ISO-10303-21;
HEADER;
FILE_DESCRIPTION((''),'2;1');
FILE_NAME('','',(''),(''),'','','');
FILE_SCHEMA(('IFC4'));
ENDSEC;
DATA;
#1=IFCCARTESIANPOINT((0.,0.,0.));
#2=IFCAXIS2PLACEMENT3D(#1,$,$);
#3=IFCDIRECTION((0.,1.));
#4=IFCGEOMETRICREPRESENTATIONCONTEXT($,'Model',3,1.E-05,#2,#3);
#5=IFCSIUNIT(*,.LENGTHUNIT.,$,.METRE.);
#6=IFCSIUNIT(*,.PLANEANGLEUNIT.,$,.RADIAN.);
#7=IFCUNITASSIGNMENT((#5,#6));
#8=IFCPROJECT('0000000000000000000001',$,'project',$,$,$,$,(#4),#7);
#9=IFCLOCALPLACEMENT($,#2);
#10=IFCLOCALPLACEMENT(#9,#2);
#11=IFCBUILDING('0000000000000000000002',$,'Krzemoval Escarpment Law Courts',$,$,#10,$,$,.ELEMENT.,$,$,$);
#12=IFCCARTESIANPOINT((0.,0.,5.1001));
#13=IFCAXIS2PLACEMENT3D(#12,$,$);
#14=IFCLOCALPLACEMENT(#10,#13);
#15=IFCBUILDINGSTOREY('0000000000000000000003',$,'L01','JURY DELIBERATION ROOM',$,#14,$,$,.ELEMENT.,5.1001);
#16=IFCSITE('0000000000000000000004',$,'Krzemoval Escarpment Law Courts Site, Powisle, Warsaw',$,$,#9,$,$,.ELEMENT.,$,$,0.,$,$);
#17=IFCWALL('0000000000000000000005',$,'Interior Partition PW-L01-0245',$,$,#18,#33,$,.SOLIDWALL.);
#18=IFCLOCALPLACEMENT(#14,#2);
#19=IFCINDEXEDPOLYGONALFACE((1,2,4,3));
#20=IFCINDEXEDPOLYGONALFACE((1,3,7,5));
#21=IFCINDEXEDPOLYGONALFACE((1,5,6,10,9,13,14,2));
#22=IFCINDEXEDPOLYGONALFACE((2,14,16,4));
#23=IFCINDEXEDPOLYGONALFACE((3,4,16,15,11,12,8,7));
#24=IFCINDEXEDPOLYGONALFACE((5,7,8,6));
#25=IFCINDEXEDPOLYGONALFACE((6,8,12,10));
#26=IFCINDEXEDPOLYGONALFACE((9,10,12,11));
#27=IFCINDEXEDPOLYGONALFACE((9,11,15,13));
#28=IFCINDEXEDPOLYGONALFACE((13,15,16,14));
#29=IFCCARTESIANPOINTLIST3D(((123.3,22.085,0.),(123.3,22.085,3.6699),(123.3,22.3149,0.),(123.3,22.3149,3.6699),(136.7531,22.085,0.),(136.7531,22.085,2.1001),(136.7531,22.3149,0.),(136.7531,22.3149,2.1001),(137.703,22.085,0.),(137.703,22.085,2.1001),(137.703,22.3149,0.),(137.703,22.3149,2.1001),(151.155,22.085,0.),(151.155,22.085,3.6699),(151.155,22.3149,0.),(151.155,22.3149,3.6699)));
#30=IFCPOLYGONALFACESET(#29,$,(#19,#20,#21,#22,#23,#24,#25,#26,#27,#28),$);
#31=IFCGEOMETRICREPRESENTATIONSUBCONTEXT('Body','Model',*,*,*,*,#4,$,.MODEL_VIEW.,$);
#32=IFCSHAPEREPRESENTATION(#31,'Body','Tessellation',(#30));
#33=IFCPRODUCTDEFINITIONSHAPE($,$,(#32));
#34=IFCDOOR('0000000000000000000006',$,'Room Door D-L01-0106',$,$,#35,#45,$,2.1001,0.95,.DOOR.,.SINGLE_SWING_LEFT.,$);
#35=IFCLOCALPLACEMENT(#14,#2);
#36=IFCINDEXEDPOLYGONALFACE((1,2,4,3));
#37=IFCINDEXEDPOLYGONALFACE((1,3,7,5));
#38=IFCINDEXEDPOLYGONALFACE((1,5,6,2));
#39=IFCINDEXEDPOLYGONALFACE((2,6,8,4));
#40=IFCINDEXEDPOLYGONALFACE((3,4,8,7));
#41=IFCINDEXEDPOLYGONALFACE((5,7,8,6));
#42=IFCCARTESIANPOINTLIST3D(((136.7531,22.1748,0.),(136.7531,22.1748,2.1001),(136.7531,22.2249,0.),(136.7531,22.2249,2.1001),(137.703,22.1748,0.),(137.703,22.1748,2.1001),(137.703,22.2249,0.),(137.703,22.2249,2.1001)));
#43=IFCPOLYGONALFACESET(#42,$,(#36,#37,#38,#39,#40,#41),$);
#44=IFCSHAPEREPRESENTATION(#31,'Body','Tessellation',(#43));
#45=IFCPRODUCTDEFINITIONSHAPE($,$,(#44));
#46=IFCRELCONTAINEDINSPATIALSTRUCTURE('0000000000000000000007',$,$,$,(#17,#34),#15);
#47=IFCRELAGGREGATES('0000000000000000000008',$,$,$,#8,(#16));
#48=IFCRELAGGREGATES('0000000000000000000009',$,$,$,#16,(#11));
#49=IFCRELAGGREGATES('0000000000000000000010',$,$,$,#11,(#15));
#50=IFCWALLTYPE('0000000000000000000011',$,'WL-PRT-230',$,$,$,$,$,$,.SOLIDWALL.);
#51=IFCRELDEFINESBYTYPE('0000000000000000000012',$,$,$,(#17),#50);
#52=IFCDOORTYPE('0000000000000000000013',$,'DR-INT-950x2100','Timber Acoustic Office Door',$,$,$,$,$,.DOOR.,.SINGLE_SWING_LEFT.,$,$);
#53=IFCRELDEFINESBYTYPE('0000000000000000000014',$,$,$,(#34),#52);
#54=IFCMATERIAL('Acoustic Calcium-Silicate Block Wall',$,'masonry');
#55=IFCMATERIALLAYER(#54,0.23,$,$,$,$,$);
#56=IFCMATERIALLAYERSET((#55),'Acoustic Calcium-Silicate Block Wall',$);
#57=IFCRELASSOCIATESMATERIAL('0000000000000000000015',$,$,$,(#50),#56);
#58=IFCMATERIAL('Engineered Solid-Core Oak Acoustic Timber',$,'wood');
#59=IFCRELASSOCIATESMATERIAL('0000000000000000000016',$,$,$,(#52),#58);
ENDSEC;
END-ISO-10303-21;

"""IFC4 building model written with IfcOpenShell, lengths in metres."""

from ifc_helpers import new_model, si_unit, direction, frame, frame_2d, origin, place, context, subcontext, project, spatial, rectangle, extrude, material, layer, layer_set, type_object, element, fill, save


model = new_model("IFC4")

# Units and contexts
model_context = context("Model", 3, precision=1e-05, world=origin(), true_north=direction((0.0, 1.0)))
body_context = subcontext(model_context, "Body", "Model", "MODEL_VIEW")
ifc_project = project(units=[si_unit("LENGTHUNIT", "METRE"), si_unit("PLANEANGLEUNIT", "RADIAN")], contexts=[model_context])

# Site, building, storey
site_placement = place(None, origin())
site = spatial("IfcSite", under=ifc_project, at=site_placement, Name="Krzemoval Escarpment Law Courts Site, Powisle, Warsaw", CompositionType="ELEMENT", RefElevation=0.0)
building_placement = place(site_placement, origin())
building = spatial("IfcBuilding", under=site, at=building_placement, Name="Krzemoval Escarpment Law Courts", CompositionType="ELEMENT")
storey_placement = place(building_placement, frame((0.0, 0.0, 5.1001)))
storey = spatial("IfcBuildingStorey", under=building, at=storey_placement, Name="L01", Description="JURY DELIBERATION ROOM", CompositionType="ELEMENT", Elevation=5.1001)

# Wall, opening, door
ifc_material_1 = material(Name="Acoustic Calcium-Silicate Block Wall", Category="masonry")
ifc_layer_1 = layer(ifc_material_1, 0.23)
ifc_layer_set_1 = layer_set([ifc_layer_1], Name="Acoustic Calcium-Silicate Block Wall")
wall_type_1 = type_object("IfcWallType", Name="WL-PRT-230", PredefinedType="SOLIDWALL", material=ifc_layer_set_1)
wall_1_placement = place(storey_placement, frame((123.3, 22.2, 0.0), z_axis=(0.0, 0.0, 1.0), x_axis=(1.0, 0.0, 0.0)))
wall_1 = element("IfcWall", 1, at=wall_1_placement, inside=storey, type_object=wall_type_1, Name="Interior Partition PW-L01-0245", PredefinedType="SOLIDWALL", context=body_context, shape_type="SweptSolid", body=[
    extrude(rectangle(XDim=27.855, YDim=0.23, at=frame_2d((13.9275, 0.0))), origin(), (0.0, 0.0, 1.0), 3.6699),
])
opening_1_placement = place(wall_1_placement, frame((13.4529, 0.0, 0.0)))
opening_1 = element("IfcOpeningElement", 2, at=opening_1_placement, cuts=wall_1, PredefinedType="OPENING", context=body_context, shape_type="SweptSolid", body=[
    extrude(rectangle(XDim=0.95, YDim=2.1001, at=frame_2d((0.4751, 1.05))), frame((0.0, 0.13, 0.0), z_axis=(0.0, -1.0, 0.0), x_axis=(1.0, 0.0, 0.0)), (0.0, 0.0, 1.0), 0.26),
])
ifc_material_2 = material(Name="Engineered Solid-Core Oak Acoustic Timber", Category="wood")
door_type_1 = type_object("IfcDoorType", Name="DR-INT-950x2100", Description="Timber Acoustic Office Door", OperationType="SINGLE_SWING_LEFT", PredefinedType="DOOR", material=ifc_material_2)
door_1_placement = place(opening_1_placement, origin())
door_1 = element("IfcDoor", 3, at=door_1_placement, inside=storey, type_object=door_type_1, Name="Room Door D-L01-0106", OperationType="SINGLE_SWING_LEFT", OverallHeight=2.1001, OverallWidth=0.95, PredefinedType="DOOR", context=body_context, shape_type="SweptSolid", body=[
    extrude(rectangle(XDim=0.95, YDim=2.1001, at=frame_2d((0.4751, 1.05))), frame((0.0, 0.0249, 0.0), z_axis=(0.0, -1.0, 0.0), x_axis=(1.0, 0.0, 0.0)), (0.0, 0.0, 1.0), 0.05),
])
fill(opening_1, door_1)

save(model, "model.ifc")
